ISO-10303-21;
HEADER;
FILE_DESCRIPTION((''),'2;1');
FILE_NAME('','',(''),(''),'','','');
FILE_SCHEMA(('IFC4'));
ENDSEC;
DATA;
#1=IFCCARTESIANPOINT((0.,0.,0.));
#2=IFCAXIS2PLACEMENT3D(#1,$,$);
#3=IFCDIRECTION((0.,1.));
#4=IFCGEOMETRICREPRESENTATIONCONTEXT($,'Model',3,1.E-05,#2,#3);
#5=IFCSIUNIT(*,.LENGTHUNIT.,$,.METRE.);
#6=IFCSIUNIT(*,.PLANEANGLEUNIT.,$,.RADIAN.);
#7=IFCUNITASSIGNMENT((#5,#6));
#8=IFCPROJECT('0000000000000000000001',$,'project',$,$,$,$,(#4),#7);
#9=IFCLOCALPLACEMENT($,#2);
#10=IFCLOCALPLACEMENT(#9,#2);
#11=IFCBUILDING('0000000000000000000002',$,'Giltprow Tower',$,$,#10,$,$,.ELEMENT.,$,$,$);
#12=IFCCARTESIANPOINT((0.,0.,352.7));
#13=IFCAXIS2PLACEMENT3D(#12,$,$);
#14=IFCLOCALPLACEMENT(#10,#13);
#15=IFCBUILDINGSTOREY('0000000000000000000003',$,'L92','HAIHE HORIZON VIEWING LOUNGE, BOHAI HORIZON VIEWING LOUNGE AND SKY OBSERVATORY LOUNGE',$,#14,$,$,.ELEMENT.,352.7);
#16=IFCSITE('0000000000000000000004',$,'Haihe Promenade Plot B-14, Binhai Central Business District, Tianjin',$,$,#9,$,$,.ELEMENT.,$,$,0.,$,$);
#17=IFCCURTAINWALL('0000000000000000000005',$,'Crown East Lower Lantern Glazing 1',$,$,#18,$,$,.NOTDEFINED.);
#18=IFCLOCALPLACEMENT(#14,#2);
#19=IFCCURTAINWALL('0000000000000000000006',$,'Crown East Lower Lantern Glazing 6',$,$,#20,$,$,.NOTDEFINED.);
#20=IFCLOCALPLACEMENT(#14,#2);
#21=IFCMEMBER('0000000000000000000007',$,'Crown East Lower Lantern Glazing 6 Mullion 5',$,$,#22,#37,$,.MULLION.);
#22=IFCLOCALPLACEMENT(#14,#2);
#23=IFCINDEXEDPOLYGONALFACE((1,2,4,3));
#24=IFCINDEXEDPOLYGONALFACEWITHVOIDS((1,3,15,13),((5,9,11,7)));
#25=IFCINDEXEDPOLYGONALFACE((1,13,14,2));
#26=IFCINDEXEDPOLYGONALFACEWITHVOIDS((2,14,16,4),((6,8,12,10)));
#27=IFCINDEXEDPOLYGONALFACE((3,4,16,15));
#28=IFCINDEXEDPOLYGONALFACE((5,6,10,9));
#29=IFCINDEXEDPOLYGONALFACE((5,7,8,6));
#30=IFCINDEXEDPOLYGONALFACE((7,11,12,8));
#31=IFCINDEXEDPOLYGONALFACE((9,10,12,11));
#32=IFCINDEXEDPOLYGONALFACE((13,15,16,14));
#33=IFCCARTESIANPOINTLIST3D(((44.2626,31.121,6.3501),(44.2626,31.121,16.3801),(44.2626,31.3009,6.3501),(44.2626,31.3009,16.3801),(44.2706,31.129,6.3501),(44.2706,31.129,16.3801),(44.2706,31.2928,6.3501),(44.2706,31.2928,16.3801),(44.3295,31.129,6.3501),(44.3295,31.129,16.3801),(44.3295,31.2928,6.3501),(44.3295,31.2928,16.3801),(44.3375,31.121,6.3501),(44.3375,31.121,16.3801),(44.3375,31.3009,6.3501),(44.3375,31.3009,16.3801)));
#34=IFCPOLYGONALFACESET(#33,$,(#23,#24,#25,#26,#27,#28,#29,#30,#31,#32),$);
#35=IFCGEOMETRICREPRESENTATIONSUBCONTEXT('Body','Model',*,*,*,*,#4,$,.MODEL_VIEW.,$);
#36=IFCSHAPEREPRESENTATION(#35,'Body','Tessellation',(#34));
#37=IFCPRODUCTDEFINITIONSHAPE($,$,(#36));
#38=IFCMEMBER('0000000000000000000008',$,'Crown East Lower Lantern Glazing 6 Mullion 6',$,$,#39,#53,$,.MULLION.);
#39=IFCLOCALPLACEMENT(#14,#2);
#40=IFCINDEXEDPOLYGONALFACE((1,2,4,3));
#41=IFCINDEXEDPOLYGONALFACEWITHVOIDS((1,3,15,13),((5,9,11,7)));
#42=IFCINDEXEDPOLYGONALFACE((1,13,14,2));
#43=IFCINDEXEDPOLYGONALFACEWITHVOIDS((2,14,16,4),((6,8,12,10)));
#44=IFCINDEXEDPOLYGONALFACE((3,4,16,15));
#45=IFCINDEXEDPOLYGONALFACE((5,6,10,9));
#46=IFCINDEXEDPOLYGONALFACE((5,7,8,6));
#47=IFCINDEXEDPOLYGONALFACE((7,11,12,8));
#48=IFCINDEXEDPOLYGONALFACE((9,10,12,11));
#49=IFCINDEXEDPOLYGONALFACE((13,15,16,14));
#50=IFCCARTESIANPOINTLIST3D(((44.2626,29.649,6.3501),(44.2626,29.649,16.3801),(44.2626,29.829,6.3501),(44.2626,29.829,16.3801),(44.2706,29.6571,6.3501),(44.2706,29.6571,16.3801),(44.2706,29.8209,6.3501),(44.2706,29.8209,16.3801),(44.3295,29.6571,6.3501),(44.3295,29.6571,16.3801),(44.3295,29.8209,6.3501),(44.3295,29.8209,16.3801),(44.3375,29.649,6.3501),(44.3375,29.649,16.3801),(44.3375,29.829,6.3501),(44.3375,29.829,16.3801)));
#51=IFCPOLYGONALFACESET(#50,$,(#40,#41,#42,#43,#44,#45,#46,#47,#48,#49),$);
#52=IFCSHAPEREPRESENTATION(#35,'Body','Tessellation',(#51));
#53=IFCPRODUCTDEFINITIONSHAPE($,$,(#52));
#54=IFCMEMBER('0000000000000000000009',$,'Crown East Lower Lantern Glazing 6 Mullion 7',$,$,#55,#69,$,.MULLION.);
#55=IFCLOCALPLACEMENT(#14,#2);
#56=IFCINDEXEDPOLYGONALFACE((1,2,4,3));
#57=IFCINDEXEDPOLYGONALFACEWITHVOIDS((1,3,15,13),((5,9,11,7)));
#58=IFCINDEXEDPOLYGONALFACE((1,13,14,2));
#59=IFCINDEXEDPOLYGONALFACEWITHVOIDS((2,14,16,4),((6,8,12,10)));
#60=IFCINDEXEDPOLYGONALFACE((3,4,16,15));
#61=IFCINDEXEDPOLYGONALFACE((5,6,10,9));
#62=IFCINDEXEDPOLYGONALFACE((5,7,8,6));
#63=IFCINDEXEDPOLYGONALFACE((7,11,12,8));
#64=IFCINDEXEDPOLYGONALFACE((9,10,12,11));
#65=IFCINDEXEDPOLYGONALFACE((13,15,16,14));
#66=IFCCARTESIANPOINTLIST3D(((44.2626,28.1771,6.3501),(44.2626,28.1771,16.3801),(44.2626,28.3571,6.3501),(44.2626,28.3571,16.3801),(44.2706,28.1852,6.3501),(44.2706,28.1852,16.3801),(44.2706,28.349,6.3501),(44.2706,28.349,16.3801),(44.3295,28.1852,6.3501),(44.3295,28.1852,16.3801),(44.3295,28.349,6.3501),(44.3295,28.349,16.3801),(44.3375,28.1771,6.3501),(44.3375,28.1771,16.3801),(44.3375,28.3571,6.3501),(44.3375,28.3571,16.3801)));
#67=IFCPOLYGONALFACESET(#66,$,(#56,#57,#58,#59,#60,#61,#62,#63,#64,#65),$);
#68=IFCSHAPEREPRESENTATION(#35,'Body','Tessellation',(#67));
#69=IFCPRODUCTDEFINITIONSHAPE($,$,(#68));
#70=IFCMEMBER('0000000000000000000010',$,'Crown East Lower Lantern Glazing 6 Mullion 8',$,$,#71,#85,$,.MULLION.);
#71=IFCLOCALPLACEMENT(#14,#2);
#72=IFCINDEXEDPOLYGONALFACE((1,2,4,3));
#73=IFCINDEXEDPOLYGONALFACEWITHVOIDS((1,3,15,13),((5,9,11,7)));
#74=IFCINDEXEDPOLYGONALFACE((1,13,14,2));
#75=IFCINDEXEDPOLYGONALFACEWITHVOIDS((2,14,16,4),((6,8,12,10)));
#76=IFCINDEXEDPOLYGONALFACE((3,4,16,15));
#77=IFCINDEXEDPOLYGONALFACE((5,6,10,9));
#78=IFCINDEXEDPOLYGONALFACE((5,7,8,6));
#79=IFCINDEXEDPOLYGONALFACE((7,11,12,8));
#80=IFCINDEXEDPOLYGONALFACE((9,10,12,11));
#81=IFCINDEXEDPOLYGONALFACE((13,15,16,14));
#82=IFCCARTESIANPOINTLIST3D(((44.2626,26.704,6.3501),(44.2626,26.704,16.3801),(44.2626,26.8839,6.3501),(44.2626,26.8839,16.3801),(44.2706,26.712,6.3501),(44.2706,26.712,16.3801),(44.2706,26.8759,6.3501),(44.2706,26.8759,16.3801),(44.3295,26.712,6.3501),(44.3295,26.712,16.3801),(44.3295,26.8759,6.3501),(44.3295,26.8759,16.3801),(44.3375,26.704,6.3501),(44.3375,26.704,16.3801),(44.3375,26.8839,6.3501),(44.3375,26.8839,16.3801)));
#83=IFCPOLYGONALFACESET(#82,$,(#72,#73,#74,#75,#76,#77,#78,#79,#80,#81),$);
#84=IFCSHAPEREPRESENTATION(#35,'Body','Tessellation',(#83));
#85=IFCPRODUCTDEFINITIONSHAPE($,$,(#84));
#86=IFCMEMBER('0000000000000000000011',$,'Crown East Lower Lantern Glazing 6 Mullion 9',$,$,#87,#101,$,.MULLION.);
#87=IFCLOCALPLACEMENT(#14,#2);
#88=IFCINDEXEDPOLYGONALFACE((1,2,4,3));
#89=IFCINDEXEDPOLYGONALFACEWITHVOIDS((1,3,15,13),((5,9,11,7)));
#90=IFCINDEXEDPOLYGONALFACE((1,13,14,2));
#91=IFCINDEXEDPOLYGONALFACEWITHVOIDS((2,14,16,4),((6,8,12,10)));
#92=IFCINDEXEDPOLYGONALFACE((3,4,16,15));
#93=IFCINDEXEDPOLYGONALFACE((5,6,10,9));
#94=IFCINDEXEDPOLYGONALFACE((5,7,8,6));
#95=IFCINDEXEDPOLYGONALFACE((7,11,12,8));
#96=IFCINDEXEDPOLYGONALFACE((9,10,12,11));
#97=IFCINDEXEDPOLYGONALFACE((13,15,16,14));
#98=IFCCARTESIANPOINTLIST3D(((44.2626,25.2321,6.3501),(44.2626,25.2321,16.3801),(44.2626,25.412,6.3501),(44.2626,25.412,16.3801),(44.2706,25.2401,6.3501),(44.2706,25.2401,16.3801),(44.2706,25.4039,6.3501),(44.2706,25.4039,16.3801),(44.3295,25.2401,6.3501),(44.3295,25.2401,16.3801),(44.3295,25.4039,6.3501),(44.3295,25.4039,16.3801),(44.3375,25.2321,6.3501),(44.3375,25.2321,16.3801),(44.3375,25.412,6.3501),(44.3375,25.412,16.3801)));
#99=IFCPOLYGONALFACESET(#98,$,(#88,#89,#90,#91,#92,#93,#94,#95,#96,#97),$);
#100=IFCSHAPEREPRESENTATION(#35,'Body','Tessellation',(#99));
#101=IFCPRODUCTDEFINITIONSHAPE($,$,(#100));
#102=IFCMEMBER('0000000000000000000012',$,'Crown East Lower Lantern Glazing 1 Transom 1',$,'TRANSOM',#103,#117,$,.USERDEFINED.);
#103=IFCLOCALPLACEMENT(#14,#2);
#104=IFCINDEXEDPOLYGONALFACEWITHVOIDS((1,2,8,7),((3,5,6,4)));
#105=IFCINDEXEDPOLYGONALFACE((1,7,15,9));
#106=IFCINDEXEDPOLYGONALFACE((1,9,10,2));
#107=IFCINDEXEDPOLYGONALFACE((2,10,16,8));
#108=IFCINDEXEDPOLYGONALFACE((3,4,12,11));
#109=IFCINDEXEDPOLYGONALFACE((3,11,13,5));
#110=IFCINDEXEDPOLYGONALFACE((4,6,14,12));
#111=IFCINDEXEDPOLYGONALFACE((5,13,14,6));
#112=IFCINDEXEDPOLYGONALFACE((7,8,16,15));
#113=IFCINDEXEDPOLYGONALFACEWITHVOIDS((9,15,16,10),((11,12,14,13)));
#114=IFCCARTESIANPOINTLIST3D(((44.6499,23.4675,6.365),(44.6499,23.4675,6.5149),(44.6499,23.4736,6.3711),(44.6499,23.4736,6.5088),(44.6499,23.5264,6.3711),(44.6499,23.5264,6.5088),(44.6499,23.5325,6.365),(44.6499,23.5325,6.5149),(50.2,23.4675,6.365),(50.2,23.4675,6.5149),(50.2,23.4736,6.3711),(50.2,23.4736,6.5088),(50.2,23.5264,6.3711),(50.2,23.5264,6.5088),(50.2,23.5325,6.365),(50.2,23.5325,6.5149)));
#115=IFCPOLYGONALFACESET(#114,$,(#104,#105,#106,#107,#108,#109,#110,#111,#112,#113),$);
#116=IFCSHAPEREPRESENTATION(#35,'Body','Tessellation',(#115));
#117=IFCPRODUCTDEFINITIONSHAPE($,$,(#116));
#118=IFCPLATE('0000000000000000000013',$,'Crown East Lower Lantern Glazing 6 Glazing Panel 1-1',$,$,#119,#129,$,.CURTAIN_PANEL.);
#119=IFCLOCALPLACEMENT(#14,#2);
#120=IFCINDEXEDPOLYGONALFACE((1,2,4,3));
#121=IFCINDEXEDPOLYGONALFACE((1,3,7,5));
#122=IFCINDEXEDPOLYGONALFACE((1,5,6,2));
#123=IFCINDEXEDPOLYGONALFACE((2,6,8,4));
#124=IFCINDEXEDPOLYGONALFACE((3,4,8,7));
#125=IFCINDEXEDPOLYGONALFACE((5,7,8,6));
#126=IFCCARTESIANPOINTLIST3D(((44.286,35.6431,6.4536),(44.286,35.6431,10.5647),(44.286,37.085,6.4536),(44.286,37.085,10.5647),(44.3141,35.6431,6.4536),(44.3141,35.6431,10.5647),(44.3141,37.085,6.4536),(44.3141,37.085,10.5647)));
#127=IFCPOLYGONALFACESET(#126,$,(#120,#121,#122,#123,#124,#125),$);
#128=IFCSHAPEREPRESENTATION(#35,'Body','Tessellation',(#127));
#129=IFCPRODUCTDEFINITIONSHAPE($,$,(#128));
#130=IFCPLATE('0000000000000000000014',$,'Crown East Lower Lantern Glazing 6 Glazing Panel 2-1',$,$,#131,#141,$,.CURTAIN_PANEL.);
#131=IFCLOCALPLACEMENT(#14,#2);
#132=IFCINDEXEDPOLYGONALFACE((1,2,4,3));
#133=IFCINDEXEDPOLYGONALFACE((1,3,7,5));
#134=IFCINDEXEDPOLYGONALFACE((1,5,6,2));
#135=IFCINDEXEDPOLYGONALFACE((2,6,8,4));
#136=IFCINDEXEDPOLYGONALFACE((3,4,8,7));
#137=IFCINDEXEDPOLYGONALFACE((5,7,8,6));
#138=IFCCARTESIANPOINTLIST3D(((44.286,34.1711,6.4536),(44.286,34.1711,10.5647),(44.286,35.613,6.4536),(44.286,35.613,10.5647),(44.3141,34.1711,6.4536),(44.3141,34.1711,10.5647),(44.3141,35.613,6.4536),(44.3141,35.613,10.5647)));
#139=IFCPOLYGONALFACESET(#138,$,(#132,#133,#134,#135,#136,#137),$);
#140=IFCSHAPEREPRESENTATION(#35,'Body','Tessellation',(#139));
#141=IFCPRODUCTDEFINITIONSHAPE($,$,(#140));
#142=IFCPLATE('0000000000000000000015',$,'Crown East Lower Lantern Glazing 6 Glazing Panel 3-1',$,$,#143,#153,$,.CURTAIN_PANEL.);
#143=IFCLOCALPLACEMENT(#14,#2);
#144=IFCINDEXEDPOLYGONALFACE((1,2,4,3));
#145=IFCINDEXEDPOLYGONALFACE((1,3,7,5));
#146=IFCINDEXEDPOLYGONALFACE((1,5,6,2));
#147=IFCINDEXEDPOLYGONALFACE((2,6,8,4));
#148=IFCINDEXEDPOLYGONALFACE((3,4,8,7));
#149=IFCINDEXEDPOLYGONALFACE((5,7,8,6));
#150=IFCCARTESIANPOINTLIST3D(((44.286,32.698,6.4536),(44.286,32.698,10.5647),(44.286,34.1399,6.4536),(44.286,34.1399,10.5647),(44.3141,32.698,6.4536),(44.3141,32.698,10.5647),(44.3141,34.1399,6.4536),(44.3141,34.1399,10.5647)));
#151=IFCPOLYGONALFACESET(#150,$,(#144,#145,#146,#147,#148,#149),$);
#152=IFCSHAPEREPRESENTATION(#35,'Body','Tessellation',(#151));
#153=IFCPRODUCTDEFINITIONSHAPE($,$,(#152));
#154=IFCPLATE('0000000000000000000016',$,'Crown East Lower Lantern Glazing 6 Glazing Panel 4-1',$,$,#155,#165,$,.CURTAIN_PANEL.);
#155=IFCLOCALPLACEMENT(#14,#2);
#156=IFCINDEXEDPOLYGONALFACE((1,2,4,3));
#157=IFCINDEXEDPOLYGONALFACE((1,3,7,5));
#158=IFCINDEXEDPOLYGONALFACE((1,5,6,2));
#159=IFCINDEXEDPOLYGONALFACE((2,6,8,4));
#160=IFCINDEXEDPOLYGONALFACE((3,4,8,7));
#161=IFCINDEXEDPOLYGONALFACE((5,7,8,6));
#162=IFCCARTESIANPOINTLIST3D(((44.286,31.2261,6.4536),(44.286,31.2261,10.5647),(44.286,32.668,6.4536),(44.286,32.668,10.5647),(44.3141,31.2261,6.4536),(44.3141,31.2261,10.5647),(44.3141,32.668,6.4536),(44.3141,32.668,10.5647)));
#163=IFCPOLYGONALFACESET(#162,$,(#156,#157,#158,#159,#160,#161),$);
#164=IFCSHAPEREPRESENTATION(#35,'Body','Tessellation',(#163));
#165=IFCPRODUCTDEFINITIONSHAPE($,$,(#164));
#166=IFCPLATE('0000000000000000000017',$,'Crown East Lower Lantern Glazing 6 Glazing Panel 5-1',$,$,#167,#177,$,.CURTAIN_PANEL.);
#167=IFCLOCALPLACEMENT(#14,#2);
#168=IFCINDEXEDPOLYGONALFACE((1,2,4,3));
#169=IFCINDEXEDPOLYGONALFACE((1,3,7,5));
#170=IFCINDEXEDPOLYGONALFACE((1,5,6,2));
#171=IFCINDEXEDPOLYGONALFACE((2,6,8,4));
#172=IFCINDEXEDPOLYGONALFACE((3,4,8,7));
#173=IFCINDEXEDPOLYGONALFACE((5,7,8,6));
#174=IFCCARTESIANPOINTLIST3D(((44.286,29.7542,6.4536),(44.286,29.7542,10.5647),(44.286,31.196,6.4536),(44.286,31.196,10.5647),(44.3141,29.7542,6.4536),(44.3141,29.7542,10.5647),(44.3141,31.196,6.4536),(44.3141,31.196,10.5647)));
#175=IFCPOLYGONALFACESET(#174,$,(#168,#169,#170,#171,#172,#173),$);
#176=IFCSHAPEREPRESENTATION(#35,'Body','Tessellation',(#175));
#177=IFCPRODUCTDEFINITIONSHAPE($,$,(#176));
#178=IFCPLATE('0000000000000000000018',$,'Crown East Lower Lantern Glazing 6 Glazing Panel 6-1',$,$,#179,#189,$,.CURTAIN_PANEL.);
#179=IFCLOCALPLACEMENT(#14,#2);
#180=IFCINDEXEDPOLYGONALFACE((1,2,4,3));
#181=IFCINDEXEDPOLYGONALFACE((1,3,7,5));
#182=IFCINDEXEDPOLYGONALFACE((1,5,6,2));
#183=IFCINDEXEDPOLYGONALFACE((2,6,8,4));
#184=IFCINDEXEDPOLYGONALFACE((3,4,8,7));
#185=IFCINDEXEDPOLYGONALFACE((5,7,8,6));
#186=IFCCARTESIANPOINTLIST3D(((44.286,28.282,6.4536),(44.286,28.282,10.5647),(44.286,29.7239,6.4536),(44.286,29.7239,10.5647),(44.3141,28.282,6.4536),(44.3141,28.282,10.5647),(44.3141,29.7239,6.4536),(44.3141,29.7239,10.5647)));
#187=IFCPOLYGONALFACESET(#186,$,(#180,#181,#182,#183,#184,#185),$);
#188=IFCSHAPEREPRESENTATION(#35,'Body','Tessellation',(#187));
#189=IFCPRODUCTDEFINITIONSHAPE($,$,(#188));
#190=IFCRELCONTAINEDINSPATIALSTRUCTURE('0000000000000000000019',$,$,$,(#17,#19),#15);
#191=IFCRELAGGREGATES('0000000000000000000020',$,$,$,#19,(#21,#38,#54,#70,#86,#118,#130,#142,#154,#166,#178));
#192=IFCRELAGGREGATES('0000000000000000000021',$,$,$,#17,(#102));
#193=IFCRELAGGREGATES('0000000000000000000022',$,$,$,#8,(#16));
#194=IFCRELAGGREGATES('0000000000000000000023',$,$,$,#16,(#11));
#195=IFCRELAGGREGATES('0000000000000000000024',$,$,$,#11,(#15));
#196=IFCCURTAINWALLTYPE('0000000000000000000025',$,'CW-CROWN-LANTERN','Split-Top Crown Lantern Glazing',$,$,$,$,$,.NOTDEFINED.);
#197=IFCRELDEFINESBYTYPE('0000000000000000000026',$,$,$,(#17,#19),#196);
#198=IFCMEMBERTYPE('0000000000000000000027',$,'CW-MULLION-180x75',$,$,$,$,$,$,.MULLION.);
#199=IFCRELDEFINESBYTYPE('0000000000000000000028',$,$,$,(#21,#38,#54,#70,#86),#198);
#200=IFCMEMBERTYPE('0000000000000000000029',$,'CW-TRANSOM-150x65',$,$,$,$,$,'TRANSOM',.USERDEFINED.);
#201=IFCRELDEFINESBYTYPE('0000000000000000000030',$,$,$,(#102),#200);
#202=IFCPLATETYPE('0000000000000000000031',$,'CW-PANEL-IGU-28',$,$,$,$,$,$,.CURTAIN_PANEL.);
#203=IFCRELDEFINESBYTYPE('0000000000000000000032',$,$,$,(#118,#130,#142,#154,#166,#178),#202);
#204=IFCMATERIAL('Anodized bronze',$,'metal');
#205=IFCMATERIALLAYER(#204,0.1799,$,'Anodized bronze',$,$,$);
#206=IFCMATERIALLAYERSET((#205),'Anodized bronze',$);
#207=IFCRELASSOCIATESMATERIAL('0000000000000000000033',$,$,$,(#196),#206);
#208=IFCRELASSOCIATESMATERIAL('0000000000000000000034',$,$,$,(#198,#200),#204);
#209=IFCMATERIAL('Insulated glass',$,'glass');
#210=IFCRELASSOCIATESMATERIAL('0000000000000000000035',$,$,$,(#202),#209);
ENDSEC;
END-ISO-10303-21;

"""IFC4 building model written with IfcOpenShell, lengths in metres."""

from ifc_helpers import new_model, si_unit, direction, frame, origin, origin_2d, place, context, subcontext, project, spatial, rectangle, hollow_rectangle, extrude, source, transform, mapped, material, layer, layer_set, material_profile, profile_set, type_object, element, aggregate, save


model = new_model("IFC4")

# Units and contexts
model_context = context("Model", 3, precision=1e-05, world=origin(), true_north=direction((0.0, 1.0)))
body_context = subcontext(model_context, "Body", "Model", "MODEL_VIEW")
ifc_project = project(units=[si_unit("LENGTHUNIT", "METRE"), si_unit("PLANEANGLEUNIT", "RADIAN")], contexts=[model_context])

# Site, building, storey
site_placement = place(None, origin())
site = spatial("IfcSite", under=ifc_project, at=site_placement, Name="Haihe Promenade Plot B-14, Binhai Central Business District, Tianjin", CompositionType="ELEMENT", RefElevation=0.0)
building_placement = place(site_placement, origin())
building = spatial("IfcBuilding", under=site, at=building_placement, Name="Giltprow Tower", CompositionType="ELEMENT")
storey_placement = place(building_placement, frame((0.0, 0.0, 352.7)))
storey = spatial("IfcBuildingStorey", under=building, at=storey_placement, Name="L92", Description="HAIHE HORIZON VIEWING LOUNGE, BOHAI HORIZON VIEWING LOUNGE AND SKY OBSERVATORY LOUNGE", CompositionType="ELEMENT", Elevation=352.7)

# Curtain walls, members
ifc_material_1 = material(Name="Anodized bronze", Category="metal")
ifc_layer_1 = layer(ifc_material_1, 0.1799, Name="Anodized bronze")
ifc_layer_set_1 = layer_set([ifc_layer_1], Name="Anodized bronze")
curtain_wall_type = type_object("IfcCurtainWallType", Name="CW-CROWN-LANTERN", Description="Split-Top Crown Lantern Glazing", PredefinedType="NOTDEFINED", material=ifc_layer_set_1)
curtain_wall_1_placement = place(storey_placement, origin())
curtain_wall_1 = element("IfcCurtainWall", 1, at=curtain_wall_1_placement, inside=storey, type_object=curtain_wall_type, Name="Crown East Lower Lantern Glazing 1", PredefinedType="NOTDEFINED")
ifc_material_profile_1 = material_profile(ifc_material_1, hollow_rectangle(XDim=0.075, YDim=0.1799, WallThickness=0.0081, at=origin_2d()), Name="RHS 180x75x8")
ifc_profile_set_1 = profile_set([ifc_material_profile_1], Name="Anodized bronze")
member_type_1 = type_object("IfcMemberType", Name="CW-MULLION-180x75", PredefinedType="MULLION", material=ifc_profile_set_1)
shared_shape_1 = source(origin(), body_context, "Body", "SweptSolid", [
    extrude(hollow_rectangle(XDim=0.075, YDim=0.1799, WallThickness=0.0081, at=origin_2d()), origin(), (0.0, 0.0, 1.0), 10.03),
])
curtain_wall_2_placement = place(storey_placement, origin())
curtain_wall_2 = element("IfcCurtainWall", 2, at=curtain_wall_2_placement, inside=storey, type_object=curtain_wall_type, Name="Crown East Lower Lantern Glazing 6", PredefinedType="NOTDEFINED")
member_1_placement = place(storey_placement, frame((44.3, 31.2109, 6.3501), z_axis=(0.0, 0.0, 1.0), x_axis=(1.0, 0.0, 0.0)))
member_1 = element("IfcMember", 3, at=member_1_placement, type_object=member_type_1, Name="Crown East Lower Lantern Glazing 6 Mullion 5", PredefinedType="MULLION", context=body_context, shape_type="MappedRepresentation", body=[
    mapped(shared_shape_1, transform((0.0, 0.0, 0.0), x_axis=(1.0, 0.0, 0.0), y_axis=(0.0, 1.0, 0.0), z_axis=(0.0, 0.0, 1.0), scale=1.0)),
])
member_2_placement = place(storey_placement, frame((44.3, 29.739, 6.3501), z_axis=(0.0, 0.0, 1.0), x_axis=(1.0, 0.0, 0.0)))
member_2 = element("IfcMember", 4, at=member_2_placement, type_object=member_type_1, Name="Crown East Lower Lantern Glazing 6 Mullion 6", PredefinedType="MULLION", context=body_context, shape_type="MappedRepresentation", body=[
    mapped(shared_shape_1, transform((0.0, 0.0, 0.0), x_axis=(1.0, 0.0, 0.0), y_axis=(0.0, 1.0, 0.0), z_axis=(0.0, 0.0, 1.0), scale=1.0)),
])
member_3_placement = place(storey_placement, frame((44.3, 28.2671, 6.3501), z_axis=(0.0, 0.0, 1.0), x_axis=(1.0, 0.0, 0.0)))
member_3 = element("IfcMember", 5, at=member_3_placement, type_object=member_type_1, Name="Crown East Lower Lantern Glazing 6 Mullion 7", PredefinedType="MULLION", context=body_context, shape_type="MappedRepresentation", body=[
    mapped(shared_shape_1, transform((0.0, 0.0, 0.0), x_axis=(1.0, 0.0, 0.0), y_axis=(0.0, 1.0, 0.0), z_axis=(0.0, 0.0, 1.0), scale=1.0)),
])
member_4_placement = place(storey_placement, frame((44.3, 26.7939, 6.3501), z_axis=(0.0, 0.0, 1.0), x_axis=(1.0, 0.0, 0.0)))
member_4 = element("IfcMember", 6, at=member_4_placement, type_object=member_type_1, Name="Crown East Lower Lantern Glazing 6 Mullion 8", PredefinedType="MULLION", context=body_context, shape_type="MappedRepresentation", body=[
    mapped(shared_shape_1, transform((0.0, 0.0, 0.0), x_axis=(1.0, 0.0, 0.0), y_axis=(0.0, 1.0, 0.0), z_axis=(0.0, 0.0, 1.0), scale=1.0)),
])
member_5_placement = place(storey_placement, frame((44.3, 25.322, 6.3501), z_axis=(0.0, 0.0, 1.0), x_axis=(1.0, 0.0, 0.0)))
member_5 = element("IfcMember", 7, at=member_5_placement, type_object=member_type_1, Name="Crown East Lower Lantern Glazing 6 Mullion 9", PredefinedType="MULLION", context=body_context, shape_type="MappedRepresentation", body=[
    mapped(shared_shape_1, transform((0.0, 0.0, 0.0), x_axis=(1.0, 0.0, 0.0), y_axis=(0.0, 1.0, 0.0), z_axis=(0.0, 0.0, 1.0), scale=1.0)),
])

# Member
ifc_material_profile_2 = material_profile(ifc_material_1, hollow_rectangle(XDim=0.0649, YDim=0.1499, WallThickness=0.0061, at=origin_2d()), Name="RHS 150x65x6")
ifc_profile_set_2 = profile_set([ifc_material_profile_2], Name="Anodized bronze")
member_type_2 = type_object("IfcMemberType", Name="CW-TRANSOM-150x65", ElementType="TRANSOM", PredefinedType="USERDEFINED", material=ifc_profile_set_2)
shared_shape_2 = source(origin(), body_context, "Body", "SweptSolid", [
    extrude(hollow_rectangle(XDim=0.0649, YDim=0.1499, WallThickness=0.0061, at=origin_2d()), origin(), (0.0, 0.0, 1.0), 5.55),
])
member_6_placement = place(storey_placement, frame((44.6499, 23.5, 6.4399), z_axis=(1.0, 0.0, 0.0), x_axis=(0.0, 1.0, 0.0)))
member_6 = element("IfcMember", 8, at=member_6_placement, type_object=member_type_2, Name="Crown East Lower Lantern Glazing 1 Transom 1", ObjectType="TRANSOM", PredefinedType="USERDEFINED", context=body_context, shape_type="MappedRepresentation", body=[
    mapped(shared_shape_2, transform((0.0, 0.0, 0.0), x_axis=(1.0, 0.0, 0.0), y_axis=(0.0, 1.0, 0.0), z_axis=(0.0, 0.0, 1.0), scale=1.0)),
])

# Plates
ifc_material_2 = material(Name="Insulated glass", Category="glass")
plate_type = type_object("IfcPlateType", Name="CW-PANEL-IGU-28", PredefinedType="CURTAIN_PANEL", material=ifc_material_2)
shared_shape_3 = source(origin(), body_context, "Body", "SweptSolid", [
    extrude(rectangle(XDim=1.4419, YDim=0.0281, at=origin_2d()), origin(), (0.0, 0.0, 1.0), 4.1111),
])
plate_1_placement = place(storey_placement, frame((44.3, 36.364, 6.4536), z_axis=(0.0, 0.0, 1.0), x_axis=(0.0, -1.0, 0.0)))
plate_1 = element("IfcPlate", 9, at=plate_1_placement, type_object=plate_type, Name="Crown East Lower Lantern Glazing 6 Glazing Panel 1-1", PredefinedType="CURTAIN_PANEL", context=body_context, shape_type="MappedRepresentation", body=[
    mapped(shared_shape_3, transform((0.0, 0.0, 0.0), x_axis=(1.0, 0.0, 0.0), y_axis=(0.0, 1.0, 0.0), z_axis=(0.0, 0.0, 1.0), scale=1.0)),
])
plate_2_placement = place(storey_placement, frame((44.3, 34.8921, 6.4536), z_axis=(0.0, 0.0, 1.0), x_axis=(0.0, -1.0, 0.0)))
plate_2 = element("IfcPlate", 10, at=plate_2_placement, type_object=plate_type, Name="Crown East Lower Lantern Glazing 6 Glazing Panel 2-1", PredefinedType="CURTAIN_PANEL", context=body_context, shape_type="MappedRepresentation", body=[
    mapped(shared_shape_3, transform((0.0, 0.0, 0.0), x_axis=(1.0, 0.0, 0.0), y_axis=(0.0, 1.0, 0.0), z_axis=(0.0, 0.0, 1.0), scale=1.0)),
])
plate_3_placement = place(storey_placement, frame((44.3, 33.4189, 6.4536), z_axis=(0.0, 0.0, 1.0), x_axis=(0.0, -1.0, 0.0)))
plate_3 = element("IfcPlate", 11, at=plate_3_placement, type_object=plate_type, Name="Crown East Lower Lantern Glazing 6 Glazing Panel 3-1", PredefinedType="CURTAIN_PANEL", context=body_context, shape_type="MappedRepresentation", body=[
    mapped(shared_shape_3, transform((0.0, 0.0, 0.0), x_axis=(1.0, 0.0, 0.0), y_axis=(0.0, 1.0, 0.0), z_axis=(0.0, 0.0, 1.0), scale=1.0)),
])
plate_4_placement = place(storey_placement, frame((44.3, 31.947, 6.4536), z_axis=(0.0, 0.0, 1.0), x_axis=(0.0, -1.0, 0.0)))
plate_4 = element("IfcPlate", 12, at=plate_4_placement, type_object=plate_type, Name="Crown East Lower Lantern Glazing 6 Glazing Panel 4-1", PredefinedType="CURTAIN_PANEL", context=body_context, shape_type="MappedRepresentation", body=[
    mapped(shared_shape_3, transform((0.0, 0.0, 0.0), x_axis=(1.0, 0.0, 0.0), y_axis=(0.0, 1.0, 0.0), z_axis=(0.0, 0.0, 1.0), scale=1.0)),
])
plate_5_placement = place(storey_placement, frame((44.3, 30.4751, 6.4536), z_axis=(0.0, 0.0, 1.0), x_axis=(0.0, -1.0, 0.0)))
plate_5 = element("IfcPlate", 13, at=plate_5_placement, type_object=plate_type, Name="Crown East Lower Lantern Glazing 6 Glazing Panel 5-1", PredefinedType="CURTAIN_PANEL", context=body_context, shape_type="MappedRepresentation", body=[
    mapped(shared_shape_3, transform((0.0, 0.0, 0.0), x_axis=(1.0, 0.0, 0.0), y_axis=(0.0, 1.0, 0.0), z_axis=(0.0, 0.0, 1.0), scale=1.0)),
])
plate_6_placement = place(storey_placement, frame((44.3, 29.0029, 6.4536), z_axis=(0.0, 0.0, 1.0), x_axis=(0.0, -1.0, 0.0)))
plate_6 = element("IfcPlate", 14, at=plate_6_placement, type_object=plate_type, Name="Crown East Lower Lantern Glazing 6 Glazing Panel 6-1", PredefinedType="CURTAIN_PANEL", context=body_context, shape_type="MappedRepresentation", body=[
    mapped(shared_shape_3, transform((0.0, 0.0, 0.0), x_axis=(1.0, 0.0, 0.0), y_axis=(0.0, 1.0, 0.0), z_axis=(0.0, 0.0, 1.0), scale=1.0)),
])
aggregate(curtain_wall_2, [member_1, member_2, member_3, member_4, member_5, plate_1, plate_2, plate_3, plate_4, plate_5, plate_6])
aggregate(curtain_wall_1, [member_6])

save(model, "model.ifc")
